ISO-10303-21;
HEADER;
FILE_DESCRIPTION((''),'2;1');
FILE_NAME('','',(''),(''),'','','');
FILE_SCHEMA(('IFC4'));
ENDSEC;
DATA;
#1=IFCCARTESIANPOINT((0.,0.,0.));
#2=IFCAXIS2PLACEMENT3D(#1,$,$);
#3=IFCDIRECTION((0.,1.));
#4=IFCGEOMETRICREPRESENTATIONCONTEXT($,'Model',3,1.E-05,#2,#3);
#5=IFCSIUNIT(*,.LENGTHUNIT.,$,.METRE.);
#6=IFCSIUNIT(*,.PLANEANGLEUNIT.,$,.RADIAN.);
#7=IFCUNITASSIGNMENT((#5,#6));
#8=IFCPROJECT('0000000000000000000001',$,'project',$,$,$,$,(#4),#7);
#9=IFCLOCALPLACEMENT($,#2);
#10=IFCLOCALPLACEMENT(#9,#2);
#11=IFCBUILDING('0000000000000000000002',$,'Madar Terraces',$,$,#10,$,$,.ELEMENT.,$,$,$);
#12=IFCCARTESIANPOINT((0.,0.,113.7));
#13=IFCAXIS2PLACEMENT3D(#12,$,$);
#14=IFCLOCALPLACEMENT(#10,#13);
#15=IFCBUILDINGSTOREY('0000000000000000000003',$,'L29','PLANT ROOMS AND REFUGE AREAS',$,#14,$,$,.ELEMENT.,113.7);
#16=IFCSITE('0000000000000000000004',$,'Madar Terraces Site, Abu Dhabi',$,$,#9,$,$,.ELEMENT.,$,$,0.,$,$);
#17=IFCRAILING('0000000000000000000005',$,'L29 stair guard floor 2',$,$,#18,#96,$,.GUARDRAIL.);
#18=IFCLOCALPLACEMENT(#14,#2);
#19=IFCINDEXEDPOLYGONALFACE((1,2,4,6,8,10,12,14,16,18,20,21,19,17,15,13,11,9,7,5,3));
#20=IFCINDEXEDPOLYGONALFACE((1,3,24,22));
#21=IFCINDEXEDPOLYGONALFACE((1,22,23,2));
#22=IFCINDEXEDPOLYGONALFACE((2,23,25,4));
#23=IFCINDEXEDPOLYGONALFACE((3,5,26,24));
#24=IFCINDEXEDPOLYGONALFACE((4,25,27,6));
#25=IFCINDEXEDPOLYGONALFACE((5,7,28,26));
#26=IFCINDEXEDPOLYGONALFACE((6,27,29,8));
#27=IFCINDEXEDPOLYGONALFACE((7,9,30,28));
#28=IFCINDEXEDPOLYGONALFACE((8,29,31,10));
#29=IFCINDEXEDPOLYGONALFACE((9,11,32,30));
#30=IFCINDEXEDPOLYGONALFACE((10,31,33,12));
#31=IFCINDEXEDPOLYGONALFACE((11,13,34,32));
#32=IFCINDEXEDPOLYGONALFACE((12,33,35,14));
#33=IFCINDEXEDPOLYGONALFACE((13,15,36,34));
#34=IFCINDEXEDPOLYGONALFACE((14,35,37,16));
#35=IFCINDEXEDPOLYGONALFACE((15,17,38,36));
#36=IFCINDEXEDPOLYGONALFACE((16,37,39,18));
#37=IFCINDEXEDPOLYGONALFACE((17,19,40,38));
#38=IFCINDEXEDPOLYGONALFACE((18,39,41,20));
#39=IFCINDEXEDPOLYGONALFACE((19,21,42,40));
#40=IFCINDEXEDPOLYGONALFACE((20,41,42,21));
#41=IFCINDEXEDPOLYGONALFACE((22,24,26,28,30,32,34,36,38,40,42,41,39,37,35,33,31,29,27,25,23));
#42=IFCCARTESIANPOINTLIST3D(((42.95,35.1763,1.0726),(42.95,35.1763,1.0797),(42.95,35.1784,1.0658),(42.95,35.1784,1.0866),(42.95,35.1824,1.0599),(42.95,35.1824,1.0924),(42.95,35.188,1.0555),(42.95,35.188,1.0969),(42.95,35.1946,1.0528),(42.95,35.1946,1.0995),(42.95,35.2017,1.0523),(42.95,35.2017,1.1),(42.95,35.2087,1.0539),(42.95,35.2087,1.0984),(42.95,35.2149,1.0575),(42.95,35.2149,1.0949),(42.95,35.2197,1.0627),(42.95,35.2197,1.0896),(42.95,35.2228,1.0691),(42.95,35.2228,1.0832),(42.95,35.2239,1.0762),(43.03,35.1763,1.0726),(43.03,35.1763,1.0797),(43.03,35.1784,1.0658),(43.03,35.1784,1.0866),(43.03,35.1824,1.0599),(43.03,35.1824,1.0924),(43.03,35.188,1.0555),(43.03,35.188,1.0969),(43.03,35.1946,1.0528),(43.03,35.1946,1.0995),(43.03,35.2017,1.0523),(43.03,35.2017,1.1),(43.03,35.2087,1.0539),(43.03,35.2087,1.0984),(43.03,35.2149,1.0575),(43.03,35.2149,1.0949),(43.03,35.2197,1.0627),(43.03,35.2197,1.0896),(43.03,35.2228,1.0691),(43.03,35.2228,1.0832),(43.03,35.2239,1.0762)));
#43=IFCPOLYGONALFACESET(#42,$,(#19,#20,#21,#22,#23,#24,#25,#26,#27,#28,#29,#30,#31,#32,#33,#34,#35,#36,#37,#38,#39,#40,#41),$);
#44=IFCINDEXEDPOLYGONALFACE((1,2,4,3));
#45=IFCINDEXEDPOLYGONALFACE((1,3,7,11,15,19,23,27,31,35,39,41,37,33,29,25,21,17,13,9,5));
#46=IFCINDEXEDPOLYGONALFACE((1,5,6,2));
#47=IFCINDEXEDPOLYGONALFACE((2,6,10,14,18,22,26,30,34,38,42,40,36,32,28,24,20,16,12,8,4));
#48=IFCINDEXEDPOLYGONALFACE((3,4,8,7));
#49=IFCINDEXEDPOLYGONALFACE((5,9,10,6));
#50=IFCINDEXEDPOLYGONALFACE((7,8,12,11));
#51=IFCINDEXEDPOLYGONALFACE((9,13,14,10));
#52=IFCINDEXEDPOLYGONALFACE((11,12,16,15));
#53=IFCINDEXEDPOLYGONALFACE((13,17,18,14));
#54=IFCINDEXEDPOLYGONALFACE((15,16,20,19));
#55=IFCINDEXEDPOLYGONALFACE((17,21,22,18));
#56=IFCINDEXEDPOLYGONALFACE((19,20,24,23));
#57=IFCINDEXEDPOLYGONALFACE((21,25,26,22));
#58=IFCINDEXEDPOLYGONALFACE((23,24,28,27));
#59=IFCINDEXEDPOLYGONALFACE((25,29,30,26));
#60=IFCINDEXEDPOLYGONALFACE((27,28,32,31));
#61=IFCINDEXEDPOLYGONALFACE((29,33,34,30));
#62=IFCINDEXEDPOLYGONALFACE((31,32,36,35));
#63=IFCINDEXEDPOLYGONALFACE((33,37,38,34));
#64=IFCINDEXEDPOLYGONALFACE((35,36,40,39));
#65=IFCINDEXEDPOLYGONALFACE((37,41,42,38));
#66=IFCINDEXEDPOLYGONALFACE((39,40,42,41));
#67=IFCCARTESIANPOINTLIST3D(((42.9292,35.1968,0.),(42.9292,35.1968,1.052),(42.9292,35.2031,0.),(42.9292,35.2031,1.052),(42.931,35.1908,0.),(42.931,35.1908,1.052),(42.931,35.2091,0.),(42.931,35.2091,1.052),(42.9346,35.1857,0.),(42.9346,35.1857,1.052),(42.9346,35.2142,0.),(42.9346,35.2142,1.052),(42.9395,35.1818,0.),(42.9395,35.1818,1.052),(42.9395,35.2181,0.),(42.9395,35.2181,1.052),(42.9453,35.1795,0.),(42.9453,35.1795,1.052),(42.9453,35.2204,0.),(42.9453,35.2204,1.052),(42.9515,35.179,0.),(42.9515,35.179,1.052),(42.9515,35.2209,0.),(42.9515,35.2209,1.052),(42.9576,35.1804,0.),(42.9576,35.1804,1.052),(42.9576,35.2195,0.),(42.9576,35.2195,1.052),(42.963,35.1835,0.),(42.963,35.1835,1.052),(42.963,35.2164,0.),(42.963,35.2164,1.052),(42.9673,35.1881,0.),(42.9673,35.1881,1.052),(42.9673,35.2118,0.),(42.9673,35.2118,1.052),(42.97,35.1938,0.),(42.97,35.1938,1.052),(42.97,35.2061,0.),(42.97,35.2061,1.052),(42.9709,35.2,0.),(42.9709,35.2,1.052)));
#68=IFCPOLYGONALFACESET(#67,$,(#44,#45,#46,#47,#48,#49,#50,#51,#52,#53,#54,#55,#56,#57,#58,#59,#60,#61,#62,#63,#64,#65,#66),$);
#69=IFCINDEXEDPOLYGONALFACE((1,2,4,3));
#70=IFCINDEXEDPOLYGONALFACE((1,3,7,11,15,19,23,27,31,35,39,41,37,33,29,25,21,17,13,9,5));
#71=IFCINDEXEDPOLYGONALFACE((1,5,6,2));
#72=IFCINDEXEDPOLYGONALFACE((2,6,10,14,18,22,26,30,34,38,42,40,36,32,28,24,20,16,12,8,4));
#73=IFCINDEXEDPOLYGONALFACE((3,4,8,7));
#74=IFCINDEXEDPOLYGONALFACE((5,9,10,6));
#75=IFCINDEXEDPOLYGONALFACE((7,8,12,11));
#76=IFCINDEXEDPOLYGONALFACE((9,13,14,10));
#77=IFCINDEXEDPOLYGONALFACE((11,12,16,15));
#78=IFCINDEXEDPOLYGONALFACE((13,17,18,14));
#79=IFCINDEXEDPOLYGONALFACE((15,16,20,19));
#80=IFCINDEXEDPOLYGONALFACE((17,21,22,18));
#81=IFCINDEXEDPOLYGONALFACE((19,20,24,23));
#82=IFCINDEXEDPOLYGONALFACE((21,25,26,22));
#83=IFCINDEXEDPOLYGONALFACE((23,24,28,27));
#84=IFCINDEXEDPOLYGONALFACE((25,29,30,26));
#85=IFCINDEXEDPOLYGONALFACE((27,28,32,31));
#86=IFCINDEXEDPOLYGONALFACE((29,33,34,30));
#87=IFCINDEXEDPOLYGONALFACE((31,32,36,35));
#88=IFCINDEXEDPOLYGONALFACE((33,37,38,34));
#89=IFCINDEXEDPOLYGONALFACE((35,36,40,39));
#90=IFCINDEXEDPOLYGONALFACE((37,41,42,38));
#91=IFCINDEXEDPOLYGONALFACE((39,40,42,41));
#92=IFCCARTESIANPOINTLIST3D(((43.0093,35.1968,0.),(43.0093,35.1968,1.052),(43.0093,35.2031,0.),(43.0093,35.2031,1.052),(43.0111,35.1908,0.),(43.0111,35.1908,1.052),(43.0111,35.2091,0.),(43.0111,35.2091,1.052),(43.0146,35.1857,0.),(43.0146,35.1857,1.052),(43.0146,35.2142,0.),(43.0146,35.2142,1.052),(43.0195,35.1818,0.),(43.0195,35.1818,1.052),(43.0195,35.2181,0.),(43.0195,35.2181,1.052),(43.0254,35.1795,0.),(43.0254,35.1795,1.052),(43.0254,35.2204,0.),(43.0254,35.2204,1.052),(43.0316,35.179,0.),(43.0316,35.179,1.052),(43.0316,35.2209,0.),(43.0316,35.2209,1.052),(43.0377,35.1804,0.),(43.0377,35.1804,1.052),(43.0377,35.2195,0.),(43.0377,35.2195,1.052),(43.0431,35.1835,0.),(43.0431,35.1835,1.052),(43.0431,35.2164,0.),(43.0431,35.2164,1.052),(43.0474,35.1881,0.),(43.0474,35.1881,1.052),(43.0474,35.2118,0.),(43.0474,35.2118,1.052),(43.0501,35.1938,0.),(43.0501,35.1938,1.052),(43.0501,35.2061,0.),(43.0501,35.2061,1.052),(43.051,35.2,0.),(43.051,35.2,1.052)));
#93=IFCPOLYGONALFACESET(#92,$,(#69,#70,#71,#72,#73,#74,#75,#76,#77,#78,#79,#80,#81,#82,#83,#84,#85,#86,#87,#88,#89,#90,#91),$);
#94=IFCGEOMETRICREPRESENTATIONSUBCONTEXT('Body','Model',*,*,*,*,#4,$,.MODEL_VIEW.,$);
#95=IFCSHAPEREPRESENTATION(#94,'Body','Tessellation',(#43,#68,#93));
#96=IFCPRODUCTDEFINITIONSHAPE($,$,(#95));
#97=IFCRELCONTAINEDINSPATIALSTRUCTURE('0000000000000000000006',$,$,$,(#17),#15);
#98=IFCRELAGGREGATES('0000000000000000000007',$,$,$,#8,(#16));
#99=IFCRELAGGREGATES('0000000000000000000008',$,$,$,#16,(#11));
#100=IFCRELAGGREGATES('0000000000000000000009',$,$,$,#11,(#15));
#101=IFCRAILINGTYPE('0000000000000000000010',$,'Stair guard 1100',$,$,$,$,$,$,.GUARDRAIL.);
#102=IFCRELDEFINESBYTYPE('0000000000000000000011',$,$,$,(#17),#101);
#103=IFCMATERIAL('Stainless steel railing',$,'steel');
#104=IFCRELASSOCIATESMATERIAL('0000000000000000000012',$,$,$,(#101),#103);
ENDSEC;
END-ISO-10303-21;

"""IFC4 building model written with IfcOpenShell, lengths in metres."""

from ifc_helpers import new_model, si_unit, direction, frame, origin, origin_2d, place, context, subcontext, project, spatial, circle, extrude, material, type_object, element, save


model = new_model("IFC4")

# Units and contexts
model_context = context("Model", 3, precision=1e-05, world=origin(), true_north=direction((0.0, 1.0)))
body_context = subcontext(model_context, "Body", "Model", "MODEL_VIEW")
ifc_project = project(units=[si_unit("LENGTHUNIT", "METRE"), si_unit("PLANEANGLEUNIT", "RADIAN")], contexts=[model_context])

# Site, building, storey
site_placement = place(None, origin())
site = spatial("IfcSite", under=ifc_project, at=site_placement, Name="Madar Terraces Site, Abu Dhabi", CompositionType="ELEMENT", RefElevation=0.0)
building_placement = place(site_placement, origin())
building = spatial("IfcBuilding", under=site, at=building_placement, Name="Madar Terraces", CompositionType="ELEMENT")
storey_placement = place(building_placement, frame((0.0, 0.0, 113.7)))
storey = spatial("IfcBuildingStorey", under=building, at=storey_placement, Name="L29", Description="PLANT ROOMS AND REFUGE AREAS", CompositionType="ELEMENT", Elevation=113.7)

# Railing
ifc_material_1 = material(Name="Stainless steel railing", Category="steel")
railing_type_1 = type_object("IfcRailingType", Name="Stair guard 1100", PredefinedType="GUARDRAIL", material=ifc_material_1)
railing_1_placement = place(storey_placement, frame((42.95, 35.2, 0.0)))
element("IfcRailing", 1, at=railing_1_placement, inside=storey, type_object=railing_type_1, Name="L29 stair guard floor 2", PredefinedType="GUARDRAIL", context=body_context, shape_type="SweptSolid", body=[
    extrude(circle(Radius=0.0239, at=origin_2d()), frame((0.0, 0.0, 1.0762), z_axis=(1.0, 0.0, 0.0), x_axis=(0.0, 1.0, 0.0)), (0.0, 0.0, 1.0), 0.0801),
    extrude(circle(Radius=0.021, at=origin_2d()), origin(), (0.0, 0.0, 1.0), 1.052),
    extrude(circle(Radius=0.021, at=origin_2d()), frame((0.0801, 0.0, 0.0)), (0.0, 0.0, 1.0), 1.052),
])

save(model, "model.ifc")
